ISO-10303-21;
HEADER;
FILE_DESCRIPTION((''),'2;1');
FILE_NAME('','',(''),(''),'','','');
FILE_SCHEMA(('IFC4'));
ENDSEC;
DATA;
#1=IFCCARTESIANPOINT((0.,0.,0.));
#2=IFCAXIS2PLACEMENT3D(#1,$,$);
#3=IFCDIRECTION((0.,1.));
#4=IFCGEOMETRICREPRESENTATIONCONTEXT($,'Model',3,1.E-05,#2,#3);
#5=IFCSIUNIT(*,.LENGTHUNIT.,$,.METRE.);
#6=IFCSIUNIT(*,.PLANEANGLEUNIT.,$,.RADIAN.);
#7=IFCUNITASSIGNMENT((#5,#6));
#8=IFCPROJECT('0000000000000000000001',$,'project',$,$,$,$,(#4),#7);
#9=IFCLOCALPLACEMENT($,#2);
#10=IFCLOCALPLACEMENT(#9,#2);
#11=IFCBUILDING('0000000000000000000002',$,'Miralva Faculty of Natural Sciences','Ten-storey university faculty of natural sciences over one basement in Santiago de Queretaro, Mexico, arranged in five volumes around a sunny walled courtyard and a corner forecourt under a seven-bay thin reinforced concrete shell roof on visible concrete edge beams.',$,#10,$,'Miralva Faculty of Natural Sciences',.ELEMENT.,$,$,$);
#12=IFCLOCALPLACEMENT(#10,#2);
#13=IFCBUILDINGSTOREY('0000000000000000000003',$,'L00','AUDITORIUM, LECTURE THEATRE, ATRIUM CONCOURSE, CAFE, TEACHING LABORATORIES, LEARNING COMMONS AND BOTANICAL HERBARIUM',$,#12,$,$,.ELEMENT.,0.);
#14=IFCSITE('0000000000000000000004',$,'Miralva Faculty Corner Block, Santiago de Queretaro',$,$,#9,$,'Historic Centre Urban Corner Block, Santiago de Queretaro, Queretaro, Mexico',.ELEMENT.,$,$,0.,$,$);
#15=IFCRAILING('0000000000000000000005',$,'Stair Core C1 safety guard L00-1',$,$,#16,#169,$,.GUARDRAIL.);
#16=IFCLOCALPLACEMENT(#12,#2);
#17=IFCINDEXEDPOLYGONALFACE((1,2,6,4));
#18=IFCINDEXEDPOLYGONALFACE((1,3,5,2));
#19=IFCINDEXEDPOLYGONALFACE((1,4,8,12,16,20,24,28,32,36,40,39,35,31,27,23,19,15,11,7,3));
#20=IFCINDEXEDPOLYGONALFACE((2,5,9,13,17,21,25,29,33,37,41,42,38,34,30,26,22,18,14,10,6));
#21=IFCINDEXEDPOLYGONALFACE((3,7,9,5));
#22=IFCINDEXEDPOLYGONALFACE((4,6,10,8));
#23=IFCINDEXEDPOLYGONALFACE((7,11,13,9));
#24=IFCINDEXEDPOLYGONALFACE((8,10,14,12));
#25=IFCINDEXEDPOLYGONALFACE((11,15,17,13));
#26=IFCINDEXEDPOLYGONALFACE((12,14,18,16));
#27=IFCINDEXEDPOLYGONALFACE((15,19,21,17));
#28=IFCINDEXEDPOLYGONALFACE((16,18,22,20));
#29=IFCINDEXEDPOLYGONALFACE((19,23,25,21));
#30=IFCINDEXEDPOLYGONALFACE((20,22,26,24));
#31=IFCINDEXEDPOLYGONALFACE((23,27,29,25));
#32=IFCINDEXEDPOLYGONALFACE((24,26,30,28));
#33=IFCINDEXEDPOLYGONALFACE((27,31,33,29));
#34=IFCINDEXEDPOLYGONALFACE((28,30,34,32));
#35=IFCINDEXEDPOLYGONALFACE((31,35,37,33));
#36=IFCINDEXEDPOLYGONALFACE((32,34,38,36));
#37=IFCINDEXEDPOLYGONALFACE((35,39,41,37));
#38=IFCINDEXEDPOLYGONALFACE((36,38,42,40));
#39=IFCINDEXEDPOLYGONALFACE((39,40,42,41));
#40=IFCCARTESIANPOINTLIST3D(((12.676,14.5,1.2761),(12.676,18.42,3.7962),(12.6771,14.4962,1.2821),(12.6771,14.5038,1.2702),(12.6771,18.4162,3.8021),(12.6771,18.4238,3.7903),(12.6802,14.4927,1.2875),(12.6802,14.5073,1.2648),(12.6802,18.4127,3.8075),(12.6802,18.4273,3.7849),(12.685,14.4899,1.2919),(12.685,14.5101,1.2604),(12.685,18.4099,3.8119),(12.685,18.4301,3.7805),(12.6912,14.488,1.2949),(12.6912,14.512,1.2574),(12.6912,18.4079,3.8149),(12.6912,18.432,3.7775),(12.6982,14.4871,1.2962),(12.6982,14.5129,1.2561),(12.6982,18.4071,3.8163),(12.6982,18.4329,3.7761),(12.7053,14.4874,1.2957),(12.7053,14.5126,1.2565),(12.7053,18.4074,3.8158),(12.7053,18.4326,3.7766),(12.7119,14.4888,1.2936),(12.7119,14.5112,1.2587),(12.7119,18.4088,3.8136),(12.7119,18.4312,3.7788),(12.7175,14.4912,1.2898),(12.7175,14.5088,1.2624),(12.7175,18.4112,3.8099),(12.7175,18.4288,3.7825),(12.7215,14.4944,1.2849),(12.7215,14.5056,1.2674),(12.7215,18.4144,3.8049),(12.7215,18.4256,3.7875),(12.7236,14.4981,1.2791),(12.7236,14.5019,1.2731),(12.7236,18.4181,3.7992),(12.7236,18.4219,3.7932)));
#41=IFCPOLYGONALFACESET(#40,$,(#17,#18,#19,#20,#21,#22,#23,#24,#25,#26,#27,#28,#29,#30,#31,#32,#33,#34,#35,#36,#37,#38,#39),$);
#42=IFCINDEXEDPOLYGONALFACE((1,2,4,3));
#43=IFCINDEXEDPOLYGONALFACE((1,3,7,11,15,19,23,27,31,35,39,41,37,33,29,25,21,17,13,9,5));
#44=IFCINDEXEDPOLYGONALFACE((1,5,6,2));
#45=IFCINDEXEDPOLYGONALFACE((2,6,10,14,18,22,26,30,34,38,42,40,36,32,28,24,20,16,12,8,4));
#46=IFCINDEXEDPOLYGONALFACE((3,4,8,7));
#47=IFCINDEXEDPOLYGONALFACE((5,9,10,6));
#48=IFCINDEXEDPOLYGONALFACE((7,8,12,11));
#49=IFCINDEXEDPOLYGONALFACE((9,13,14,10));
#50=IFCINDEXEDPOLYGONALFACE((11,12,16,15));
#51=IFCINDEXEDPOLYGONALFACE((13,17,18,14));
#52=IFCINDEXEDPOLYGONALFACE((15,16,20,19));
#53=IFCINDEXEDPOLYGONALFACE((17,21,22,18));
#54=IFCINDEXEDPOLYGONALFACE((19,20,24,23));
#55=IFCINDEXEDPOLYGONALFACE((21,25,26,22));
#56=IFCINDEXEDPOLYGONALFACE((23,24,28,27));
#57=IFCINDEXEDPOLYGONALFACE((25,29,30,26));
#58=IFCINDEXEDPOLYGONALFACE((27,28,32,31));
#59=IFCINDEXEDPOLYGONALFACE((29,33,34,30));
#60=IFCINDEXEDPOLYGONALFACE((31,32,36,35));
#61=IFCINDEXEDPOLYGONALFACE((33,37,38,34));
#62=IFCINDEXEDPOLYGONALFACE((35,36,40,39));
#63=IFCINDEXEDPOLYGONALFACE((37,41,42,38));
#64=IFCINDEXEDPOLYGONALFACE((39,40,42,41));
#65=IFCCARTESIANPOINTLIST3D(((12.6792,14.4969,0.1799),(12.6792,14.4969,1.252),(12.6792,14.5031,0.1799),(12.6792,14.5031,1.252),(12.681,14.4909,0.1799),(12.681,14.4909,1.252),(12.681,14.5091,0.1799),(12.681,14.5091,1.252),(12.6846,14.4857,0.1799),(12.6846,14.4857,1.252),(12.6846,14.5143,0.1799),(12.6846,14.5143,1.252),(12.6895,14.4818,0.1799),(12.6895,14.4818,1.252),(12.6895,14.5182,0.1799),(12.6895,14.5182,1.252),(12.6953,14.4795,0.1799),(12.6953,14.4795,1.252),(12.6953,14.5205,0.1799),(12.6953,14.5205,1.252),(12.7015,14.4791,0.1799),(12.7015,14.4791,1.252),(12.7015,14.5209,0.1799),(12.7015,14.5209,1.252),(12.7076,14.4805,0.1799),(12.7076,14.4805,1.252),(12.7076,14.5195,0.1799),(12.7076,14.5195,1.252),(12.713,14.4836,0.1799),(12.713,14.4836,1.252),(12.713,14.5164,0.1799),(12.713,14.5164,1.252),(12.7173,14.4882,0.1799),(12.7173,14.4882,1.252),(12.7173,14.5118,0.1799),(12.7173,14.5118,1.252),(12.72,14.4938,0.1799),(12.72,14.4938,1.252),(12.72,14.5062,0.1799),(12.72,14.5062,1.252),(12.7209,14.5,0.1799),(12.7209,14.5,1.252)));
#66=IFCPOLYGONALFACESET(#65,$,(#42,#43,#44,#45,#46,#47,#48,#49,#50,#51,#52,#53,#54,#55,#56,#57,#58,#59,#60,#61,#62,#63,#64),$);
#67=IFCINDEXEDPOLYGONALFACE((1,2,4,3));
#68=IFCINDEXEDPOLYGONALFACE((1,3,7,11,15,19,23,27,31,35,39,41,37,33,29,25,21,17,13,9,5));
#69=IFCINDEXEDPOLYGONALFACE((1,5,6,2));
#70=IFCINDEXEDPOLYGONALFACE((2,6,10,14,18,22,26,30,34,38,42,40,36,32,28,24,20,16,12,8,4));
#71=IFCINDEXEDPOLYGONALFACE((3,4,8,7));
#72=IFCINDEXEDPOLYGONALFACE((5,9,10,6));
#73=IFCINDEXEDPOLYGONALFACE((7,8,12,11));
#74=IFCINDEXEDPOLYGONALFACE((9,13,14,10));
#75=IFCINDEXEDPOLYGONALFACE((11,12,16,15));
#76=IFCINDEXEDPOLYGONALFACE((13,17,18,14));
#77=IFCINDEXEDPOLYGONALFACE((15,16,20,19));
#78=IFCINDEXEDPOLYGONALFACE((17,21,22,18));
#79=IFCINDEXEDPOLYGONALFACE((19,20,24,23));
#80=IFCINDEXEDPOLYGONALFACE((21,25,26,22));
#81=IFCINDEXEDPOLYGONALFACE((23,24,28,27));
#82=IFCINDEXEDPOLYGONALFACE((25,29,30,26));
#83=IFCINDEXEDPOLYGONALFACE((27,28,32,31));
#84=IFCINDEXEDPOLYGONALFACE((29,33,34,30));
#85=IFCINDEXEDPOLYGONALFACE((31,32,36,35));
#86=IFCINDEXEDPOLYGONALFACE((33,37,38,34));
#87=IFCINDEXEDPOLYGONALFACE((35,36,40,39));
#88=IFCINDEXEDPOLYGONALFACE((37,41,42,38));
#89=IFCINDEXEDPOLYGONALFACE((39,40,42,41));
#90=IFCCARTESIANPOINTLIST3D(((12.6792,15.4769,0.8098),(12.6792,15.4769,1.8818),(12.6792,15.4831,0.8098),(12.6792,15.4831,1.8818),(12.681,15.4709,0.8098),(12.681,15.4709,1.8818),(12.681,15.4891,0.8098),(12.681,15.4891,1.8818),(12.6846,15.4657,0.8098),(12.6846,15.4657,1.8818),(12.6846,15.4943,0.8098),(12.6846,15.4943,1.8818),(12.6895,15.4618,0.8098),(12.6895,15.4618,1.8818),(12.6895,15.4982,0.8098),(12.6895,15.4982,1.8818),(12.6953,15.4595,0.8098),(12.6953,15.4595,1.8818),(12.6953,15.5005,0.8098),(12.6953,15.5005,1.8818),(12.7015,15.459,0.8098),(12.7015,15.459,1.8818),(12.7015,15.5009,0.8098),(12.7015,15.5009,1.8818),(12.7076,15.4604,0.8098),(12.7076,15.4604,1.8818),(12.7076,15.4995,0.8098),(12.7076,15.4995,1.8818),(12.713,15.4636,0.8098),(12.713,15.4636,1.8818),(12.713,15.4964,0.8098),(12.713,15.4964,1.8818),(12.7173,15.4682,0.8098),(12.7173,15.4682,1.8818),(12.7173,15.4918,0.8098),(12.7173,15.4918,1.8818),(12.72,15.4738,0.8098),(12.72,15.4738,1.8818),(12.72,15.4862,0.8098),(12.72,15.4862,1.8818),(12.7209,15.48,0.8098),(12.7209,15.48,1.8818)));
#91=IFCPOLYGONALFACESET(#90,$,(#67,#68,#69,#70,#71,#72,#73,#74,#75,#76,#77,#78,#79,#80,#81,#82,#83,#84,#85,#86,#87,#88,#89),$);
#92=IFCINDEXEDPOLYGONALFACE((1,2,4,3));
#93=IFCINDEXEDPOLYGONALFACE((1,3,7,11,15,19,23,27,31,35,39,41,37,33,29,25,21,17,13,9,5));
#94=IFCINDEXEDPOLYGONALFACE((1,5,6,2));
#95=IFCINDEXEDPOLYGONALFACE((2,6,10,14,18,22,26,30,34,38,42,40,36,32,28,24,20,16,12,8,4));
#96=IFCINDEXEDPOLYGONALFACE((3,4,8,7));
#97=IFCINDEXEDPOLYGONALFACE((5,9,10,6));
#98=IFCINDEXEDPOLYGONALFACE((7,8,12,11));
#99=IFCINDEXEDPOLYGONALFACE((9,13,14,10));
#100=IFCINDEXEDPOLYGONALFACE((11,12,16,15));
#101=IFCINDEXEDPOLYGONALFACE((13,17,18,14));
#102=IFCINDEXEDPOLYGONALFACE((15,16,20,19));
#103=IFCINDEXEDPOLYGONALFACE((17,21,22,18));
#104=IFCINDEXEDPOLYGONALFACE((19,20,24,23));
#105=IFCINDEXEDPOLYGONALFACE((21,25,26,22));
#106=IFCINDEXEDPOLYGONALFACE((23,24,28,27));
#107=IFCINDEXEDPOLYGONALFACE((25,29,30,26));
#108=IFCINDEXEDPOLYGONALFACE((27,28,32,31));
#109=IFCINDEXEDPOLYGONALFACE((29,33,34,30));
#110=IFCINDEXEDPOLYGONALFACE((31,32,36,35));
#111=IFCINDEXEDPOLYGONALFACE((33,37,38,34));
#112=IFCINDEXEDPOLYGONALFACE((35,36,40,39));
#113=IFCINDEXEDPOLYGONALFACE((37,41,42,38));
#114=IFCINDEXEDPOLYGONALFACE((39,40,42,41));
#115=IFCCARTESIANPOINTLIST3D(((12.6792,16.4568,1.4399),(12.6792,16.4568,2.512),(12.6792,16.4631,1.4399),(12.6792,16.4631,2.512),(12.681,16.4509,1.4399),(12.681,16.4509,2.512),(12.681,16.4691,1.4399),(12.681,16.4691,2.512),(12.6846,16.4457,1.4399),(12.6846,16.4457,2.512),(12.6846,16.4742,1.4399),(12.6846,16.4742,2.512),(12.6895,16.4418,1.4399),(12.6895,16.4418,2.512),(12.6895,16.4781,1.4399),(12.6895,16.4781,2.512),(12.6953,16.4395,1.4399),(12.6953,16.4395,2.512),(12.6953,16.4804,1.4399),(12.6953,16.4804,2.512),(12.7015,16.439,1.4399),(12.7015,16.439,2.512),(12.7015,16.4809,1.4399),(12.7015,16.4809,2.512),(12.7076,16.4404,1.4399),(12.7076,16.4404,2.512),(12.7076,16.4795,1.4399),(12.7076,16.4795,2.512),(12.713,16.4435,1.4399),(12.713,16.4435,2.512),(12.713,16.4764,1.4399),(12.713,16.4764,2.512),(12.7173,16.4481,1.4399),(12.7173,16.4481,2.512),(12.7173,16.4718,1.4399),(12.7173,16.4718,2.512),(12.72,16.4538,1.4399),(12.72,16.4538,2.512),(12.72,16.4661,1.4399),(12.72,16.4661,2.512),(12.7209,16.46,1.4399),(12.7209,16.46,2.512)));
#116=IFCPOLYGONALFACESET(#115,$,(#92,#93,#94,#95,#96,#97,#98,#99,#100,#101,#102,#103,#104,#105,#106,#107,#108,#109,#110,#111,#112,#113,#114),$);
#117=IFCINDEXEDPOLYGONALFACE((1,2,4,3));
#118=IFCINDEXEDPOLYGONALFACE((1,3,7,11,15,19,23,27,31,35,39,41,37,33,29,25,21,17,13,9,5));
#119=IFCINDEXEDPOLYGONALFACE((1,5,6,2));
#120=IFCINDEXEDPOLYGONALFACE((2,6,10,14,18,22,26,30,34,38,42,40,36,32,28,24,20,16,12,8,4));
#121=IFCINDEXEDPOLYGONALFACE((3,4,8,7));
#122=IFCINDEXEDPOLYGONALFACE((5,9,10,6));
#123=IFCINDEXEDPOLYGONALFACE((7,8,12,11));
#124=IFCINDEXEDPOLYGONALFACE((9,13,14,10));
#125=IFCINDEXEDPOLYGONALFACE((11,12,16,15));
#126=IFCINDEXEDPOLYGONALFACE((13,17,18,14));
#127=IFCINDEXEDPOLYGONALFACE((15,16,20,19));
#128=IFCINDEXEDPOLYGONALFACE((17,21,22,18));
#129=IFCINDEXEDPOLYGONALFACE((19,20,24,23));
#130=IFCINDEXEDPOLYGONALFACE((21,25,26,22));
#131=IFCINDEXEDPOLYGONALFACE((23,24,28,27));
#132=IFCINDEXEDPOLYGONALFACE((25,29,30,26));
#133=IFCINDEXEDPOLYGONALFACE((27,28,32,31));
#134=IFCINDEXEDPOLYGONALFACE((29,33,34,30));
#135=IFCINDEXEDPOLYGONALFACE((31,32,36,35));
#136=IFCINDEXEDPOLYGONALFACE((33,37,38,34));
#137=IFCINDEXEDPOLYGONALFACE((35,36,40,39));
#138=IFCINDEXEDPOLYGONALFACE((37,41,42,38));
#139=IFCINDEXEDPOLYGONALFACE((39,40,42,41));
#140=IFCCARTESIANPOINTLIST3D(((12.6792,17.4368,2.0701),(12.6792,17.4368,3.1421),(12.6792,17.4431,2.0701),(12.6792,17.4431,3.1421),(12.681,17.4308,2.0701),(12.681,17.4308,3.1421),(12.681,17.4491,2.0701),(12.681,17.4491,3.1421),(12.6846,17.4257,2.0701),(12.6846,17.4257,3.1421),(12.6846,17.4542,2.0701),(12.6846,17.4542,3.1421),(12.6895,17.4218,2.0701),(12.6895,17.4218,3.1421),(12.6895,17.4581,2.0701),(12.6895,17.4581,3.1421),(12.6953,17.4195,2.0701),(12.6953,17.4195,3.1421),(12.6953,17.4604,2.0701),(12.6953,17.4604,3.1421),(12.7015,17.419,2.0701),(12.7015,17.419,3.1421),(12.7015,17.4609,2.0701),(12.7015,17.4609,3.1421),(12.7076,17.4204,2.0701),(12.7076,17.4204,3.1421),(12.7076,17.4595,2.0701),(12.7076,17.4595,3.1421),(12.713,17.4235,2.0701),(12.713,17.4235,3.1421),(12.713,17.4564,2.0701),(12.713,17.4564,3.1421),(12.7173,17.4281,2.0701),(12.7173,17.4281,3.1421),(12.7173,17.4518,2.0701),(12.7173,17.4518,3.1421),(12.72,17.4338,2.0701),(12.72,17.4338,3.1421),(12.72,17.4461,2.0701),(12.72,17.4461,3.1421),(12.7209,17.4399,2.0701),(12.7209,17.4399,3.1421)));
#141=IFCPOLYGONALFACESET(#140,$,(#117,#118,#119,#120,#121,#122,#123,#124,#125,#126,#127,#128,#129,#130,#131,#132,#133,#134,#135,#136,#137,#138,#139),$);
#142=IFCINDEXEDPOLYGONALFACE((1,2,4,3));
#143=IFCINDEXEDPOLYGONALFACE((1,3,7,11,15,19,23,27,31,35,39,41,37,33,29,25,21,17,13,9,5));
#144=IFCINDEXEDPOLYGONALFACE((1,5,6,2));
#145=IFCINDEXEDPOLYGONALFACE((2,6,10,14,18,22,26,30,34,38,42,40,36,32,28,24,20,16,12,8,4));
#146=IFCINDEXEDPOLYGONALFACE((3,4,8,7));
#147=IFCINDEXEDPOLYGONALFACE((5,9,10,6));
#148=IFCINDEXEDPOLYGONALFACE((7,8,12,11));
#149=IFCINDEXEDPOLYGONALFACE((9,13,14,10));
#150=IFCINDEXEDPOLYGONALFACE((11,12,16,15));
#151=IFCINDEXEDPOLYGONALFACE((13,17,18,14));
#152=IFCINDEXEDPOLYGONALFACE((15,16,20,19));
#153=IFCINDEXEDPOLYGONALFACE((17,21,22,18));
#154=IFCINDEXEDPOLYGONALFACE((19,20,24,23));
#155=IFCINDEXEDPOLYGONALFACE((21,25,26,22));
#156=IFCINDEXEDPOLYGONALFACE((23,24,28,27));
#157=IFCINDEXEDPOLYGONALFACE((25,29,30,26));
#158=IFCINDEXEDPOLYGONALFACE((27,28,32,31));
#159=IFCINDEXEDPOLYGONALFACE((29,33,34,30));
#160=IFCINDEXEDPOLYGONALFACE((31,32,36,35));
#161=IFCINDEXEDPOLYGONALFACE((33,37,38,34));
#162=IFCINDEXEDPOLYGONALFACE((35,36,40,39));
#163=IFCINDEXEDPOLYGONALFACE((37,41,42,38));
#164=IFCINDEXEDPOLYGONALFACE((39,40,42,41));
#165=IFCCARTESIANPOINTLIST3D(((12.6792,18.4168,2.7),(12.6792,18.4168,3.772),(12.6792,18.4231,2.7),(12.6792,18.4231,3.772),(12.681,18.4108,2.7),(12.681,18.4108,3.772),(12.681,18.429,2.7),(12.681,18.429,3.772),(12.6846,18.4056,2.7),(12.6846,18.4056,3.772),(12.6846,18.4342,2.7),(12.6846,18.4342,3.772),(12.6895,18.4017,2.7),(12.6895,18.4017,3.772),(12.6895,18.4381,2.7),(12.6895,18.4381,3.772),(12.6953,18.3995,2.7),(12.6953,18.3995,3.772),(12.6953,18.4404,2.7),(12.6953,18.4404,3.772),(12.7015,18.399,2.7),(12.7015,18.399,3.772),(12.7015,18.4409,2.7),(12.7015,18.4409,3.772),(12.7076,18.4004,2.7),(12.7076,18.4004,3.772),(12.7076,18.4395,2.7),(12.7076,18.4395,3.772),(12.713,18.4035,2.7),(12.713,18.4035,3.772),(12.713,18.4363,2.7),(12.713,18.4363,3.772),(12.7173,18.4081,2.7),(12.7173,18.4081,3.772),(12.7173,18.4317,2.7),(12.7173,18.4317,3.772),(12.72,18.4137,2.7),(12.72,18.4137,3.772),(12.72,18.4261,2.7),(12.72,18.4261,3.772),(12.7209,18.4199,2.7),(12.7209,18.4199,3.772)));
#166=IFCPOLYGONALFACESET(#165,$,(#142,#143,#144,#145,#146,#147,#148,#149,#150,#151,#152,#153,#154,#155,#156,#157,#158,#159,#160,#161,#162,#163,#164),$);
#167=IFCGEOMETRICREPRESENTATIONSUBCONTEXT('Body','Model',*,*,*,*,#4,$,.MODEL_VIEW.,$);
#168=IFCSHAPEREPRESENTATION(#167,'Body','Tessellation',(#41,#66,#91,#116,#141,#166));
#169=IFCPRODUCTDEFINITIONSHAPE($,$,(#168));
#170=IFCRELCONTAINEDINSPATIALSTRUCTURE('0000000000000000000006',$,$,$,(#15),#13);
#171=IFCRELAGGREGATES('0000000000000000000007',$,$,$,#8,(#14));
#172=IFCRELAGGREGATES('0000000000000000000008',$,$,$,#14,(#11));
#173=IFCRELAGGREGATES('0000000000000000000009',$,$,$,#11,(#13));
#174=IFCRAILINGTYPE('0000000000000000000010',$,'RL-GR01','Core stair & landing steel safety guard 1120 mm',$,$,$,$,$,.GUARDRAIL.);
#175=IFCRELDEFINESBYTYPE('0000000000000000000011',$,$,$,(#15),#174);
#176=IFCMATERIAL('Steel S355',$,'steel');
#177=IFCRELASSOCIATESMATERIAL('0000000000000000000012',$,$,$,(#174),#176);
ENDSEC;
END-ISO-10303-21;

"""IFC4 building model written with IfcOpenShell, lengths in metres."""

from ifc_helpers import new_model, si_unit, direction, frame, origin, origin_2d, place, context, subcontext, project, spatial, circle, extrude, material, type_object, element, save


model = new_model("IFC4")

# Units and contexts
model_context = context("Model", 3, precision=1e-05, world=origin(), true_north=direction((0.0, 1.0)))
body_context = subcontext(model_context, "Body", "Model", "MODEL_VIEW")
ifc_project = project(units=[si_unit("LENGTHUNIT", "METRE"), si_unit("PLANEANGLEUNIT", "RADIAN")], contexts=[model_context])

# Site, building, storey
site_placement = place(None, origin())
site = spatial("IfcSite", under=ifc_project, at=site_placement, Name="Miralva Faculty Corner Block, Santiago de Queretaro", LongName="Historic Centre Urban Corner Block, Santiago de Queretaro, Queretaro, Mexico", CompositionType="ELEMENT", RefElevation=0.0)
building_placement = place(site_placement, origin())
building = spatial("IfcBuilding", under=site, at=building_placement, Name="Miralva Faculty of Natural Sciences", Description="Ten-storey university faculty of natural sciences over one basement in Santiago de Queretaro, Mexico, arranged in five volumes around a sunny walled courtyard and a corner forecourt under a seven-bay thin reinforced concrete shell roof on visible concrete edge beams.", LongName="Miralva Faculty of Natural Sciences", CompositionType="ELEMENT")
storey_placement = place(building_placement, origin())
storey = spatial("IfcBuildingStorey", under=building, at=storey_placement, Name="L00", Description="AUDITORIUM, LECTURE THEATRE, ATRIUM CONCOURSE, CAFE, TEACHING LABORATORIES, LEARNING COMMONS AND BOTANICAL HERBARIUM", CompositionType="ELEMENT", Elevation=0.0)

# Railing
ifc_material_1 = material(Name="Steel S355", Category="steel")
railing_type_1 = type_object("IfcRailingType", Name="RL-GR01", Description="Core stair & landing steel safety guard 1120 mm", PredefinedType="GUARDRAIL", material=ifc_material_1)
railing_1_placement = place(storey_placement, frame((12.7, 14.5, 0.1799)))
element("IfcRailing", 1, at=railing_1_placement, inside=storey, type_object=railing_type_1, Name="Stair Core C1 safety guard L00-1", PredefinedType="GUARDRAIL", context=body_context, shape_type="SweptSolid", body=[
    extrude(circle(Radius=0.0239, at=origin_2d()), frame((0.0, 0.0, 1.0962), z_axis=(0.0, 0.841172, 0.540768), x_axis=(-1.0, 0.0, 0.0)), (0.0, 0.0, 1.0), 4.6602),
    extrude(circle(Radius=0.021, at=origin_2d()), origin(), (0.0, 0.0, 1.0), 1.072),
    extrude(circle(Radius=0.021, at=origin_2d()), frame((0.0, 0.98, 0.6299)), (0.0, 0.0, 1.0), 1.072),
    extrude(circle(Radius=0.021, at=origin_2d()), frame((0.0, 1.96, 1.26)), (0.0, 0.0, 1.0), 1.072),
    extrude(circle(Radius=0.021, at=origin_2d()), frame((0.0, 2.9399, 1.8901)), (0.0, 0.0, 1.0), 1.072),
    extrude(circle(Radius=0.021, at=origin_2d()), frame((0.0, 3.9199, 2.52)), (0.0, 0.0, 1.0), 1.072),
])

save(model, "model.ifc")
